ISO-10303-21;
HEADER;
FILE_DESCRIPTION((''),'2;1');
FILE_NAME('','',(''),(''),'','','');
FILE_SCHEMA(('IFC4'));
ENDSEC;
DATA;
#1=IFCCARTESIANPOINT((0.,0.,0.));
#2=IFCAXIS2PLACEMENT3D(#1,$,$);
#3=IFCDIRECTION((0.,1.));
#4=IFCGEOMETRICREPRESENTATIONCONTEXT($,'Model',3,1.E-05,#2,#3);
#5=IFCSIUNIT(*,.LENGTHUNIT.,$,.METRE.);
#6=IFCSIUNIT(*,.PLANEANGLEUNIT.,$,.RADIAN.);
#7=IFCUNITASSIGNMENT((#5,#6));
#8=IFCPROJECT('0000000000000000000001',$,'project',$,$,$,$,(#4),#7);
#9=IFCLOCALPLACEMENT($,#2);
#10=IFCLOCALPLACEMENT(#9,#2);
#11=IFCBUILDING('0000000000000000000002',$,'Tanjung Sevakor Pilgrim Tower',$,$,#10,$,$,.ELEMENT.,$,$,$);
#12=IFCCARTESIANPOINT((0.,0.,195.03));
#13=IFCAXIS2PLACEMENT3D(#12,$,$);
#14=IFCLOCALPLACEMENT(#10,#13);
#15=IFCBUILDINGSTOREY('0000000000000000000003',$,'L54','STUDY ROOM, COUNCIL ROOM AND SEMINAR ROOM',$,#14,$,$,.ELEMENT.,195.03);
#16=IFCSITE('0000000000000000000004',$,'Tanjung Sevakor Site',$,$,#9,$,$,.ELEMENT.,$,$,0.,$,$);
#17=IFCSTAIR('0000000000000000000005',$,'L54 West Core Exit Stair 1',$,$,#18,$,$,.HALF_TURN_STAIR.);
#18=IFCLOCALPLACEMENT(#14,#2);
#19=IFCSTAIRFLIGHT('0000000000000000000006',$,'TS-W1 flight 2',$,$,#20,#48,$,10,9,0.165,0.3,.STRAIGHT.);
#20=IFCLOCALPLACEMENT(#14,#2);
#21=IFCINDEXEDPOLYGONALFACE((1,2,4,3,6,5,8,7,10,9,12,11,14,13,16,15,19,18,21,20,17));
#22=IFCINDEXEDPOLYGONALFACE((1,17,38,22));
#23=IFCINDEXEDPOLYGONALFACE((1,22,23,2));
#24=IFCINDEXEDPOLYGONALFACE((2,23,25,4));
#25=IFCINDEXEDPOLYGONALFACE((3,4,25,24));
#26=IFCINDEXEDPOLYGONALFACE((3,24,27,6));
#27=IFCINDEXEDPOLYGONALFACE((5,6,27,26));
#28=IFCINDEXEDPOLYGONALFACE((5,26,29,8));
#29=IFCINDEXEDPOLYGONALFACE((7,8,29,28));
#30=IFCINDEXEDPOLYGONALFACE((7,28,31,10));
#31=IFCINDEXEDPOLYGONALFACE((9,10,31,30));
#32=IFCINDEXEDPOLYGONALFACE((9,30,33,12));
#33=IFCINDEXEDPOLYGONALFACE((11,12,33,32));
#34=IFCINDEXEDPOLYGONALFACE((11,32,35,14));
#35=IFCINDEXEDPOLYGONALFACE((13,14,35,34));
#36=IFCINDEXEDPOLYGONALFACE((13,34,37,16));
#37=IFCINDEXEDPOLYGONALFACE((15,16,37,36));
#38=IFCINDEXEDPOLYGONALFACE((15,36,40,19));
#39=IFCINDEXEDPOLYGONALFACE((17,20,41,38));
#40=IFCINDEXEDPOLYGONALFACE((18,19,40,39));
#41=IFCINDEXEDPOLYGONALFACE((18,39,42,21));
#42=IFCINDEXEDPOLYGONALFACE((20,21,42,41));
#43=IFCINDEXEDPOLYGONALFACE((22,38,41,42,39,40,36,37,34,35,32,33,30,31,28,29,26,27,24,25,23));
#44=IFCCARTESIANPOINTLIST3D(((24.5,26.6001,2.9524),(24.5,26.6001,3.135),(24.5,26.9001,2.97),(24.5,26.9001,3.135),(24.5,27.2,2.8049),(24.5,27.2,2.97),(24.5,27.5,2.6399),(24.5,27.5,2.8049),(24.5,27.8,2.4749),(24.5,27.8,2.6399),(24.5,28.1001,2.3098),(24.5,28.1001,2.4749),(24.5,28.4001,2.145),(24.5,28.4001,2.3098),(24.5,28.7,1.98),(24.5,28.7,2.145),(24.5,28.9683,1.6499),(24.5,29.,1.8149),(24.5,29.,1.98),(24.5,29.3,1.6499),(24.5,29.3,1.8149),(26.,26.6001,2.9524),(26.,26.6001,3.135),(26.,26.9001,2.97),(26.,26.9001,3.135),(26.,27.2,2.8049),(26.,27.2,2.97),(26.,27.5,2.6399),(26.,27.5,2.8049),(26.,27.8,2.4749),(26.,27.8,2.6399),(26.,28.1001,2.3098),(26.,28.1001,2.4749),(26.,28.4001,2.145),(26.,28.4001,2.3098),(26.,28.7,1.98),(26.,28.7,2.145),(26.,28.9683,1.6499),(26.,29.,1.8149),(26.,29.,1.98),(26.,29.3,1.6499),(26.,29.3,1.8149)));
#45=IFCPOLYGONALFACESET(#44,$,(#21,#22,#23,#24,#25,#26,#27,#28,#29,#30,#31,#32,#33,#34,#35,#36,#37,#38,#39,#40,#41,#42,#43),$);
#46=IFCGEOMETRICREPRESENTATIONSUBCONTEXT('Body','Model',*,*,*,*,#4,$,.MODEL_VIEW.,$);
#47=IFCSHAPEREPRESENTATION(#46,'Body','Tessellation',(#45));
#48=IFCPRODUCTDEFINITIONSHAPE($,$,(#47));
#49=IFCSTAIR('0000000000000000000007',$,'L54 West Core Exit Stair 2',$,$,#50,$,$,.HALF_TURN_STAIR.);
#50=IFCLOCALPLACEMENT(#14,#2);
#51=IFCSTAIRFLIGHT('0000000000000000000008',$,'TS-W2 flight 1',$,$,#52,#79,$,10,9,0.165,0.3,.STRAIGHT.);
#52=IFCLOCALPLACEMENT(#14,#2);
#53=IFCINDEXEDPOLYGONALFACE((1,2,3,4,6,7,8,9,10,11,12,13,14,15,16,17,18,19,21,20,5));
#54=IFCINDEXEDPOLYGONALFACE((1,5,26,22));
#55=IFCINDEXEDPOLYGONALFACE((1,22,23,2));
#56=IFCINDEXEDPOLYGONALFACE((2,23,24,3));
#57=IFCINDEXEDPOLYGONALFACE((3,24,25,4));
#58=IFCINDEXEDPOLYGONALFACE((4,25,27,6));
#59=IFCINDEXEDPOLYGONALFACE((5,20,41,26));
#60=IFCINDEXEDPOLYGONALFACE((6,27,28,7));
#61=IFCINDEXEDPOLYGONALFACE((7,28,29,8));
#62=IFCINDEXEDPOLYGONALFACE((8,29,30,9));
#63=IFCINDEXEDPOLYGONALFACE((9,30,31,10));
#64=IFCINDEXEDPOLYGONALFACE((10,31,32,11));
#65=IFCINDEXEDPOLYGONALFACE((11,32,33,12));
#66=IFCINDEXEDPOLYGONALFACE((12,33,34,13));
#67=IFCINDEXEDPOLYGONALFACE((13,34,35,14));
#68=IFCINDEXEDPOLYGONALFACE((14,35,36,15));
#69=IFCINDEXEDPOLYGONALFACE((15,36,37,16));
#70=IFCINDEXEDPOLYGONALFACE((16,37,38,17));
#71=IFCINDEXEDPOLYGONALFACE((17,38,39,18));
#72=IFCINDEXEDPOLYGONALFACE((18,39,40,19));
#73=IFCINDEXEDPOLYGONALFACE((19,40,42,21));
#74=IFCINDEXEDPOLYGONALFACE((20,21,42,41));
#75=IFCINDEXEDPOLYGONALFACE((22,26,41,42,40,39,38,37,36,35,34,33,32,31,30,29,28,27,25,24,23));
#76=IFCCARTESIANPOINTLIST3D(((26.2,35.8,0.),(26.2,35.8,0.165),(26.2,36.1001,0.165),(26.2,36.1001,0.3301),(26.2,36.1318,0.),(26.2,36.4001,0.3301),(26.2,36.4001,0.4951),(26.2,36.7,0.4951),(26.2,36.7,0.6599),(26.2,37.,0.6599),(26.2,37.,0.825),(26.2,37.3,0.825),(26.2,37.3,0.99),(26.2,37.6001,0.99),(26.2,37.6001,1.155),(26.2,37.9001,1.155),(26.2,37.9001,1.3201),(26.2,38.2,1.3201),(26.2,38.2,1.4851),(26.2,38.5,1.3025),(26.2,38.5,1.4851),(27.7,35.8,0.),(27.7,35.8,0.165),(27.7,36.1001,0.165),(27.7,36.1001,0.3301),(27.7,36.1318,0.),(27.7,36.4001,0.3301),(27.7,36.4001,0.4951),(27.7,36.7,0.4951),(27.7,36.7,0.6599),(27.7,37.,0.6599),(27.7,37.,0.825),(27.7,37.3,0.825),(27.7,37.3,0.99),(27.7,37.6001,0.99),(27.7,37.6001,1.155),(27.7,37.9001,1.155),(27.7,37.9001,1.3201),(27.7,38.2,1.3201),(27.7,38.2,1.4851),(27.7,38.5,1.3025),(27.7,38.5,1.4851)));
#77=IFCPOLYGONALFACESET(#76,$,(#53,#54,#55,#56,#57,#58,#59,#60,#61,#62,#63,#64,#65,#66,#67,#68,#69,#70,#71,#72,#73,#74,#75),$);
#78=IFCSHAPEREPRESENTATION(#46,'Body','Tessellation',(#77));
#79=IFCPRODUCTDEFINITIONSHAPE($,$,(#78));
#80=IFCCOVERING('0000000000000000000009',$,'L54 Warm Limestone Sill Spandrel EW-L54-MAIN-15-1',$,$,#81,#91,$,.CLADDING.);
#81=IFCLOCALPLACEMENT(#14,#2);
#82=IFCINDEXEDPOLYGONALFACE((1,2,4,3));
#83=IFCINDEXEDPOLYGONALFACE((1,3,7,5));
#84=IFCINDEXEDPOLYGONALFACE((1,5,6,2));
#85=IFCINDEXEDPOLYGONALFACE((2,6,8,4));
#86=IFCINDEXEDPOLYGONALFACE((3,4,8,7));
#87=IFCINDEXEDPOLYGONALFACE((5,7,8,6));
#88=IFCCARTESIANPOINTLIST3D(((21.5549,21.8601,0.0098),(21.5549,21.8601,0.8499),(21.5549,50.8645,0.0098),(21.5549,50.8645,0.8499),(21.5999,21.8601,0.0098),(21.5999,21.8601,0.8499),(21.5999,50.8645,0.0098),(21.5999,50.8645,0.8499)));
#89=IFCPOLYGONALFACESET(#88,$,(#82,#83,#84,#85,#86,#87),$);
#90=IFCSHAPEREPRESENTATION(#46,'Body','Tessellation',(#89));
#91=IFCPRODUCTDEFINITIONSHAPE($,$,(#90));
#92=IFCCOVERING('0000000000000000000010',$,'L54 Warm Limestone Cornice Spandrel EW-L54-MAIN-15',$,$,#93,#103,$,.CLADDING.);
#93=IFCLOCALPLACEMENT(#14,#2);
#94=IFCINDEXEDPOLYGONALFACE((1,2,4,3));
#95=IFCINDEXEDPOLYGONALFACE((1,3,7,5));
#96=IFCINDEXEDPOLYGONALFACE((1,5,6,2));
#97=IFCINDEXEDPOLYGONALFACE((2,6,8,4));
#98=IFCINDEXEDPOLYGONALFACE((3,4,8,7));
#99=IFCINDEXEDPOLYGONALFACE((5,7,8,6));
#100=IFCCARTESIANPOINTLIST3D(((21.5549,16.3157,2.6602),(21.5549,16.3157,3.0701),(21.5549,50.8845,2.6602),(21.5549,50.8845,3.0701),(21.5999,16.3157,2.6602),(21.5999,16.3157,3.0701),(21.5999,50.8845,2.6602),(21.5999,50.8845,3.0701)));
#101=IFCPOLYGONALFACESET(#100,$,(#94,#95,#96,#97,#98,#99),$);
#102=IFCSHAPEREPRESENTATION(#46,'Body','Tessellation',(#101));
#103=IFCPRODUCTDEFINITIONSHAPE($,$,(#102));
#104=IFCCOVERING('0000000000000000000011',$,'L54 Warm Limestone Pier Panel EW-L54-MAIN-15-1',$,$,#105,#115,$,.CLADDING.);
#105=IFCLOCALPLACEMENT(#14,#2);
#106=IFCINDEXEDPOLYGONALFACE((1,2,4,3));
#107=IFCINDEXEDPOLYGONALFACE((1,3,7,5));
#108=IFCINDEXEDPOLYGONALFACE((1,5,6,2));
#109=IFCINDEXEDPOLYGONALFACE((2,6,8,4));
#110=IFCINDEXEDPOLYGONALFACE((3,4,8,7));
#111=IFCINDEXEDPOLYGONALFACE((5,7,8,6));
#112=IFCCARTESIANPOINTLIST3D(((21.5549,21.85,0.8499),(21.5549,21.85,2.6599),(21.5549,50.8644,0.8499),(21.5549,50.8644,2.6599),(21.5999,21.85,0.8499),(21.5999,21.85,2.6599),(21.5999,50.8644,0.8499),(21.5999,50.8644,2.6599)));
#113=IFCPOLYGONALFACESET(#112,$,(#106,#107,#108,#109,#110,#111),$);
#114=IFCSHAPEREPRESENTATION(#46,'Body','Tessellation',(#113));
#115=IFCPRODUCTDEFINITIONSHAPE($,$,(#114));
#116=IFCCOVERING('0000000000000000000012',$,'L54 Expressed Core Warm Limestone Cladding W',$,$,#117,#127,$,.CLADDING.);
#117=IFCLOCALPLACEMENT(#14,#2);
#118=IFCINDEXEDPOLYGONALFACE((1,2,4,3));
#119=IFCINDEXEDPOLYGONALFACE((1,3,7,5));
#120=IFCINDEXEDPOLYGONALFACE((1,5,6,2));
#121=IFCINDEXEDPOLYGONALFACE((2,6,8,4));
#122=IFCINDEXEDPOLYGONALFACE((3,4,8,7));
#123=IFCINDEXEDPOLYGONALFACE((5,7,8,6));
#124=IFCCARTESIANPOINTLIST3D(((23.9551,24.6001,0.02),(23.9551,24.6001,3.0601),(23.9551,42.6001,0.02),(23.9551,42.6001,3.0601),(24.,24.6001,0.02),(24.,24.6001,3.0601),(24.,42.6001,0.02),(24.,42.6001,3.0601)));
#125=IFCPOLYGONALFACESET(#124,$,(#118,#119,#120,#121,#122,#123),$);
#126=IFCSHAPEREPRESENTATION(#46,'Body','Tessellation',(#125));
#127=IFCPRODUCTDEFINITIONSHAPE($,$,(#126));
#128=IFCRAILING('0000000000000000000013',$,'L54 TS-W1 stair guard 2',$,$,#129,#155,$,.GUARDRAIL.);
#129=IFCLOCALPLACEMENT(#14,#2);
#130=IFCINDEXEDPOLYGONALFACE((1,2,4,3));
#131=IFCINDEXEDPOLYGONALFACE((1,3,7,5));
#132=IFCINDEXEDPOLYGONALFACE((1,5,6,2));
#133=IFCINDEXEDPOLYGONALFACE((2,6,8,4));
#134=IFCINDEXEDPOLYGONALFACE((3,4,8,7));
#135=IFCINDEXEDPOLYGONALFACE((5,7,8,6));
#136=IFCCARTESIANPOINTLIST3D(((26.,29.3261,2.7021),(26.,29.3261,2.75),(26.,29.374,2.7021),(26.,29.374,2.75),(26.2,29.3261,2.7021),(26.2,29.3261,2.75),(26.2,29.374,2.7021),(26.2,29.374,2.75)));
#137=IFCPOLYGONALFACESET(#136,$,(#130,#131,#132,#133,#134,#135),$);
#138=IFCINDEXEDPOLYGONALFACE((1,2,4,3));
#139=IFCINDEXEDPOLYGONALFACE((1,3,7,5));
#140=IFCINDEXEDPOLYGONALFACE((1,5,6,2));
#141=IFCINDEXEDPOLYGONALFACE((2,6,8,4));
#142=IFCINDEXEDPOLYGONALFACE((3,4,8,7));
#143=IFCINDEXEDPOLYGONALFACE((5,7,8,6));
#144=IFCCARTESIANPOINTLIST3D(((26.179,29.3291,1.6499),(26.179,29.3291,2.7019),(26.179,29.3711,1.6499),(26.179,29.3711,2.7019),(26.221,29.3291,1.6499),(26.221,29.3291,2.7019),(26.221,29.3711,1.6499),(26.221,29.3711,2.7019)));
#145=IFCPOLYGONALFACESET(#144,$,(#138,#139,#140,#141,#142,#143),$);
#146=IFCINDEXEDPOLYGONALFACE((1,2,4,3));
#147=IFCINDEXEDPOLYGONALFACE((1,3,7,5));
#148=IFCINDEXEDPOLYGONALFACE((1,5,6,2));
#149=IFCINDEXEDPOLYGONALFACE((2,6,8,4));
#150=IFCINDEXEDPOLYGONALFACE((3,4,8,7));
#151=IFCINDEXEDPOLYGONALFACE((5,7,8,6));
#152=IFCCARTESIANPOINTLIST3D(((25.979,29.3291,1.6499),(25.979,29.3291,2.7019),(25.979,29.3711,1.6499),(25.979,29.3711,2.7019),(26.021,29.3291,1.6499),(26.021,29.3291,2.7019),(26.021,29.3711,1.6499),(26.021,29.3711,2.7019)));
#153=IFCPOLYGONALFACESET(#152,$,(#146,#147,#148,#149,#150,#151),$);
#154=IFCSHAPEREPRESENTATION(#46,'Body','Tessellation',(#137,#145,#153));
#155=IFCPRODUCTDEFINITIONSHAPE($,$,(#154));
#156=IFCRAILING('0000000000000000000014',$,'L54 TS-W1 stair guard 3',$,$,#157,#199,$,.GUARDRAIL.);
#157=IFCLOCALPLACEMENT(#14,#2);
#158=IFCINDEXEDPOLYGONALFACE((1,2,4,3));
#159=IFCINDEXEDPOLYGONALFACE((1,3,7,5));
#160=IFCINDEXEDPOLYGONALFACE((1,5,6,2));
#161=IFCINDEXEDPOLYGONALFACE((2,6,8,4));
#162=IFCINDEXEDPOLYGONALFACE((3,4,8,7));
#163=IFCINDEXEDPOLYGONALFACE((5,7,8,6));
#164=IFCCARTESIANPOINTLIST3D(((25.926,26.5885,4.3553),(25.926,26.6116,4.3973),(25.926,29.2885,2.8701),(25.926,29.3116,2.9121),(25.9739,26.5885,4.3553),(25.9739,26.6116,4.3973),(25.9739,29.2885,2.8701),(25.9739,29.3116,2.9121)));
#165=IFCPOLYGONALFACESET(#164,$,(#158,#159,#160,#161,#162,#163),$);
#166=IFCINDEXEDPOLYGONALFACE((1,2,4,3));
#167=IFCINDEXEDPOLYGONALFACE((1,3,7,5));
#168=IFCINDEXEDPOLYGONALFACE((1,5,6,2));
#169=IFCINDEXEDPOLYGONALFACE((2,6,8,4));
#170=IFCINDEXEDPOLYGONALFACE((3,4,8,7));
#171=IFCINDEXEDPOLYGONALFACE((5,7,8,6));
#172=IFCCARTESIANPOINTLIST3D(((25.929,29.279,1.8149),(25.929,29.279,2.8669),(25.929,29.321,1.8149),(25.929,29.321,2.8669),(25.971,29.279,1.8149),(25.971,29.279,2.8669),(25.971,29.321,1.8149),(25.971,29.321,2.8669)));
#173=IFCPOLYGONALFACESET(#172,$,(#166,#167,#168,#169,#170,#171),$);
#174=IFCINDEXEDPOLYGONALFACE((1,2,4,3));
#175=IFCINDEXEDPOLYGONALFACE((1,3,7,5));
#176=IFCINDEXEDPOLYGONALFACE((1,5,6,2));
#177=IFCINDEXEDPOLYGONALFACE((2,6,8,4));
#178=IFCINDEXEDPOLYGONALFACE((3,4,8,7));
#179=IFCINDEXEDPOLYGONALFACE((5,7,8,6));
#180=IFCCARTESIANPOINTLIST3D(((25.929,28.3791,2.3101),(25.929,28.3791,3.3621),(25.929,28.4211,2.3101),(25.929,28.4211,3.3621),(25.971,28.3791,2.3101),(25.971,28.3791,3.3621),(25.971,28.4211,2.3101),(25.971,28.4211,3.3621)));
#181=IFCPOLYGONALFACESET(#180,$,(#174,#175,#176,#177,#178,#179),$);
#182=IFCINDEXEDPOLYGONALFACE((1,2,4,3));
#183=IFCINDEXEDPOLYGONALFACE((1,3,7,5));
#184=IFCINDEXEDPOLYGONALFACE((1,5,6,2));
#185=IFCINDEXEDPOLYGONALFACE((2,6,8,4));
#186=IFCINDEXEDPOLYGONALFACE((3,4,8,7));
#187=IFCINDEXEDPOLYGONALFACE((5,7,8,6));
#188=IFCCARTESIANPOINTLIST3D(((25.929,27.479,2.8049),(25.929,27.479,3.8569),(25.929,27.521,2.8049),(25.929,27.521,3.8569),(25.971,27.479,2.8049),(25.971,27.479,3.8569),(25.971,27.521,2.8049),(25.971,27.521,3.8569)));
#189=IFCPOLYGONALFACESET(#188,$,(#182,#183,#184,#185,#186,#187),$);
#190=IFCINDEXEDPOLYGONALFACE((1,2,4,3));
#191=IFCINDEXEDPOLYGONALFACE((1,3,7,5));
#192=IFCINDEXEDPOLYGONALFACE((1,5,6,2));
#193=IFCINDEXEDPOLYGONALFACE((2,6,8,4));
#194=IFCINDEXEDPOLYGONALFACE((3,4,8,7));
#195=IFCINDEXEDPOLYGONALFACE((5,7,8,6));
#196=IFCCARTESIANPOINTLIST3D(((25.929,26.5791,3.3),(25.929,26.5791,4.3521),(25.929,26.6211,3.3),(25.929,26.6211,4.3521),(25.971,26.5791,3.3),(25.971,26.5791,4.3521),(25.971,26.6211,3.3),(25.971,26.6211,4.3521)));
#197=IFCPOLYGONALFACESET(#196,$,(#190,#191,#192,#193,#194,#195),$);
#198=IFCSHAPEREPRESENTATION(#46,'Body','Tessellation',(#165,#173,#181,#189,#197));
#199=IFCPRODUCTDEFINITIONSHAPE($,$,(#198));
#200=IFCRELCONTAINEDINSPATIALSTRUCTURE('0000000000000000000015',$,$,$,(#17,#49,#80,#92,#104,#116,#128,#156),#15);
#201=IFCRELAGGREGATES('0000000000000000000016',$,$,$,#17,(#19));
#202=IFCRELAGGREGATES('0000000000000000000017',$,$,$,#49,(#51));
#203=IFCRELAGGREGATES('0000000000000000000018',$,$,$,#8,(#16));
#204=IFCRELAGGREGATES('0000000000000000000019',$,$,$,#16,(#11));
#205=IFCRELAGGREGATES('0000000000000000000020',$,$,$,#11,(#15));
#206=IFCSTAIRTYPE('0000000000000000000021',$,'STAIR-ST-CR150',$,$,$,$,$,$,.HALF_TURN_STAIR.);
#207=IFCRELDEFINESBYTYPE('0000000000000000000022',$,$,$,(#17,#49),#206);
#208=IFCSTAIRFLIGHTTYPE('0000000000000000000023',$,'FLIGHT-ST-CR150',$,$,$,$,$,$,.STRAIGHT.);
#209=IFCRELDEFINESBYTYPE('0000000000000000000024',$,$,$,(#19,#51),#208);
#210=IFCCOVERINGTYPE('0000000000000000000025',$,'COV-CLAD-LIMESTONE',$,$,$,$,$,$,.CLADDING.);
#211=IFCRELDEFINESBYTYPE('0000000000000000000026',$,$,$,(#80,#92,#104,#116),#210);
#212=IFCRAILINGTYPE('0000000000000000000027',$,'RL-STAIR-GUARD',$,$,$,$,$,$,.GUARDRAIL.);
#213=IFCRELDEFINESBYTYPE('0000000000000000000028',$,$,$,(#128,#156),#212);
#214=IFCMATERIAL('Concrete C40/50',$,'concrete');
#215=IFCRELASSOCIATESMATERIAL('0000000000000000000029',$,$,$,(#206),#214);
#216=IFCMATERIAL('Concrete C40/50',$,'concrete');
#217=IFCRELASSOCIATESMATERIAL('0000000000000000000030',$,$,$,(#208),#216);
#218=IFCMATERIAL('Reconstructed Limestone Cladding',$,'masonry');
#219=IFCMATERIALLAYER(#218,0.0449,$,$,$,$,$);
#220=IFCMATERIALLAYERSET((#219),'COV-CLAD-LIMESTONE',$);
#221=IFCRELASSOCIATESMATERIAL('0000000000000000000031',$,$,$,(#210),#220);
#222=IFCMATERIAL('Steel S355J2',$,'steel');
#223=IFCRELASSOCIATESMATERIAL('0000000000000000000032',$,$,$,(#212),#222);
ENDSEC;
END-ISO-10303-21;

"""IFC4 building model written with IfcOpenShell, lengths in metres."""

from ifc_helpers import new_model, si_unit, direction, frame, origin, origin_2d, place, context, subcontext, project, spatial, polyline, rectangle, outline, extrude, material, layer, layer_set, type_object, element, aggregate, save


model = new_model("IFC4")

# Units and contexts
model_context = context("Model", 3, precision=1e-05, world=origin(), true_north=direction((0.0, 1.0)))
body_context = subcontext(model_context, "Body", "Model", "MODEL_VIEW")
ifc_project = project(units=[si_unit("LENGTHUNIT", "METRE"), si_unit("PLANEANGLEUNIT", "RADIAN")], contexts=[model_context])

# Site, building, storey
site_placement = place(None, origin())
site = spatial("IfcSite", under=ifc_project, at=site_placement, Name="Tanjung Sevakor Site", CompositionType="ELEMENT", RefElevation=0.0)
building_placement = place(site_placement, origin())
building = spatial("IfcBuilding", under=site, at=building_placement, Name="Tanjung Sevakor Pilgrim Tower", CompositionType="ELEMENT")
storey_placement = place(building_placement, frame((0.0, 0.0, 195.03)))
storey = spatial("IfcBuildingStorey", under=building, at=storey_placement, Name="L54", Description="STUDY ROOM, COUNCIL ROOM AND SEMINAR ROOM", CompositionType="ELEMENT", Elevation=195.03)

# Stairs, stair flights
ifc_material_1 = material(Name="Concrete C40/50", Category="concrete")
stair_type = type_object("IfcStairType", Name="STAIR-ST-CR150", PredefinedType="HALF_TURN_STAIR", material=ifc_material_1)
stair_1_placement = place(storey_placement, origin())
stair_1 = element("IfcStair", 1, at=stair_1_placement, inside=storey, type_object=stair_type, Name="L54 West Core Exit Stair 1", PredefinedType="HALF_TURN_STAIR")
ifc_material_2 = material(Name="Concrete C40/50", Category="concrete")
stair_flight_type = type_object("IfcStairFlightType", Name="FLIGHT-ST-CR150", PredefinedType="STRAIGHT", material=ifc_material_2)
stair_flight_1_placement = place(storey_placement, frame((25.25, 29.3, 1.6499), z_axis=(0.0, 0.0, 1.0), x_axis=(0.0, -1.0, 0.0)))
stair_flight_1 = element("IfcStairFlight", 2, at=stair_flight_1_placement, type_object=stair_flight_type, Name="TS-W1 flight 2", NumberOfRisers=10, NumberOfTreads=9, PredefinedType="STRAIGHT", RiserHeight=0.165, TreadLength=0.3, context=body_context, shape_type="SweptSolid", body=[
    extrude(outline(polyline([(0.0, 0.0), (0.0, 0.165), (0.3, 0.165), (0.3, 0.3301), (0.6001, 0.3301), (0.6001, 0.4951), (0.8999, 0.4951), (0.8999, 0.6599), (1.2, 0.6599), (1.2, 0.825), (1.5, 0.825), (1.5, 0.99), (1.8, 0.99), (1.8, 1.155), (2.1001, 1.155), (2.1001, 1.3201), (2.3999, 1.3201), (2.3999, 1.4851), (2.7, 1.4851), (2.7, 1.6499), (2.7, 1.3025), (0.3318, 0.0), (0.0, 0.0)])), frame((0.0, 0.75, 0.0), z_axis=(0.0, -1.0, 0.0), x_axis=(1.0, 0.0, 0.0)), (0.0, 0.0, 1.0), 1.5),
])
aggregate(stair_1, [stair_flight_1])
stair_2_placement = place(storey_placement, origin())
stair_2 = element("IfcStair", 3, at=stair_2_placement, inside=storey, type_object=stair_type, Name="L54 West Core Exit Stair 2", PredefinedType="HALF_TURN_STAIR")
stair_flight_2_placement = place(storey_placement, frame((26.95, 35.8, 0.0), z_axis=(0.0, 0.0, 1.0), x_axis=(0.0, 1.0, 0.0)))
stair_flight_2 = element("IfcStairFlight", 4, at=stair_flight_2_placement, type_object=stair_flight_type, Name="TS-W2 flight 1", NumberOfRisers=10, NumberOfTreads=9, PredefinedType="STRAIGHT", RiserHeight=0.165, TreadLength=0.3, context=body_context, shape_type="SweptSolid", body=[
    extrude(outline(polyline([(0.0, 0.0), (0.0, 0.165), (0.3, 0.165), (0.3, 0.3301), (0.6001, 0.3301), (0.6001, 0.4951), (0.8999, 0.4951), (0.8999, 0.6599), (1.2, 0.6599), (1.2, 0.825), (1.5, 0.825), (1.5, 0.99), (1.8, 0.99), (1.8, 1.155), (2.1001, 1.155), (2.1001, 1.3201), (2.3999, 1.3201), (2.3999, 1.4851), (2.7, 1.4851), (2.7, 1.6499), (2.7, 1.3025), (0.3318, 0.0), (0.0, 0.0)])), frame((0.0, 0.75, 0.0), z_axis=(0.0, -1.0, 0.0), x_axis=(1.0, 0.0, 0.0)), (0.0, 0.0, 1.0), 1.5),
])
aggregate(stair_2, [stair_flight_2])

# Coverings
ifc_material_3 = material(Name="Reconstructed Limestone Cladding", Category="masonry")
ifc_layer_1 = layer(ifc_material_3, 0.0449)
ifc_layer_set_1 = layer_set([ifc_layer_1], Name="COV-CLAD-LIMESTONE")
covering_type = type_object("IfcCoveringType", Name="COV-CLAD-LIMESTONE", PredefinedType="CLADDING", material=ifc_layer_set_1)
covering_1_placement = place(storey_placement, frame((21.5774, 36.3623, 0.0098), z_axis=(0.0, 0.0, 1.0), x_axis=(0.0, -1.0, 0.0)))
element("IfcCovering", 5, at=covering_1_placement, inside=storey, type_object=covering_type, Name="L54 Warm Limestone Sill Spandrel EW-L54-MAIN-15-1", PredefinedType="CLADDING", context=body_context, shape_type="SweptSolid", body=[
    extrude(rectangle(XDim=29.0044, YDim=0.0449, at=origin_2d()), origin(), (0.0, 0.0, 1.0), 0.8401),
])
covering_2_placement = place(storey_placement, frame((21.5774, 33.6001, 2.6602), z_axis=(0.0, 0.0, 1.0), x_axis=(0.0, -1.0, 0.0)))
element("IfcCovering", 6, at=covering_2_placement, inside=storey, type_object=covering_type, Name="L54 Warm Limestone Cornice Spandrel EW-L54-MAIN-15", PredefinedType="CLADDING", context=body_context, shape_type="SweptSolid", body=[
    extrude(rectangle(XDim=34.5688, YDim=0.0449, at=origin_2d()), origin(), (0.0, 0.0, 1.0), 0.4099),
])
covering_3_placement = place(storey_placement, frame((21.5774, 36.3572, 0.8499), z_axis=(0.0, 0.0, 1.0), x_axis=(0.0, -1.0, 0.0)))
element("IfcCovering", 7, at=covering_3_placement, inside=storey, type_object=covering_type, Name="L54 Warm Limestone Pier Panel EW-L54-MAIN-15-1", PredefinedType="CLADDING", context=body_context, shape_type="SweptSolid", body=[
    extrude(rectangle(XDim=29.0144, YDim=0.0449, at=origin_2d()), origin(), (0.0, 0.0, 1.0), 1.8101),
])
covering_4_placement = place(storey_placement, frame((23.9775, 33.6001, 0.02), z_axis=(0.0, 0.0, 1.0), x_axis=(1.0, 0.0, 0.0)))
element("IfcCovering", 8, at=covering_4_placement, inside=storey, type_object=covering_type, Name="L54 Expressed Core Warm Limestone Cladding W", PredefinedType="CLADDING", context=body_context, shape_type="SweptSolid", body=[
    extrude(rectangle(XDim=0.0449, YDim=18.0, at=origin_2d()), origin(), (0.0, 0.0, 1.0), 3.04),
])

# Railings
ifc_material_4 = material(Name="Steel S355J2", Category="steel")
railing_type_1 = type_object("IfcRailingType", Name="RL-STAIR-GUARD", PredefinedType="GUARDRAIL", material=ifc_material_4)
railing_1_placement = place(storey_placement, frame((26.2, 29.3501, 1.6499)))
element("IfcRailing", 9, at=railing_1_placement, inside=storey, type_object=railing_type_1, Name="L54 TS-W1 stair guard 2", PredefinedType="GUARDRAIL", context=body_context, shape_type="SweptSolid", body=[
    extrude(rectangle(XDim=0.0479, YDim=0.0479), frame((0.0, 0.0, 1.0762), z_axis=(-1.0, 0.0, 0.0), x_axis=(0.0, -1.0, 0.0)), (0.0, 0.0, 1.0), 0.2),
    extrude(rectangle(XDim=0.042, YDim=0.042), origin(), (0.0, 0.0, 1.0), 1.052),
    extrude(rectangle(XDim=0.042, YDim=0.042), frame((-0.2, 0.0, 0.0)), (0.0, 0.0, 1.0), 1.052),
])
railing_2_placement = place(storey_placement, frame((25.95, 29.3, 1.8149)))
element("IfcRailing", 10, at=railing_2_placement, inside=storey, type_object=railing_type_1, Name="L54 TS-W1 stair guard 3", PredefinedType="GUARDRAIL", context=body_context, shape_type="SweptSolid", body=[
    extrude(rectangle(XDim=0.0479, YDim=0.0479), frame((0.0, 0.0, 1.0762), z_axis=(0.0, -0.876198, 0.481952), x_axis=(1.0, 0.0, 0.0)), (0.0, 0.0, 1.0), 3.0815),
    extrude(rectangle(XDim=0.042, YDim=0.042), origin(), (0.0, 0.0, 1.0), 1.052),
    extrude(rectangle(XDim=0.042, YDim=0.042), frame((0.0, -0.8999, 0.4951)), (0.0, 0.0, 1.0), 1.052),
    extrude(rectangle(XDim=0.042, YDim=0.042), frame((0.0, -1.8, 0.99)), (0.0, 0.0, 1.0), 1.052),
    extrude(rectangle(XDim=0.042, YDim=0.042), frame((0.0, -2.7, 1.4851)), (0.0, 0.0, 1.0), 1.052),
])

save(model, "model.ifc")
